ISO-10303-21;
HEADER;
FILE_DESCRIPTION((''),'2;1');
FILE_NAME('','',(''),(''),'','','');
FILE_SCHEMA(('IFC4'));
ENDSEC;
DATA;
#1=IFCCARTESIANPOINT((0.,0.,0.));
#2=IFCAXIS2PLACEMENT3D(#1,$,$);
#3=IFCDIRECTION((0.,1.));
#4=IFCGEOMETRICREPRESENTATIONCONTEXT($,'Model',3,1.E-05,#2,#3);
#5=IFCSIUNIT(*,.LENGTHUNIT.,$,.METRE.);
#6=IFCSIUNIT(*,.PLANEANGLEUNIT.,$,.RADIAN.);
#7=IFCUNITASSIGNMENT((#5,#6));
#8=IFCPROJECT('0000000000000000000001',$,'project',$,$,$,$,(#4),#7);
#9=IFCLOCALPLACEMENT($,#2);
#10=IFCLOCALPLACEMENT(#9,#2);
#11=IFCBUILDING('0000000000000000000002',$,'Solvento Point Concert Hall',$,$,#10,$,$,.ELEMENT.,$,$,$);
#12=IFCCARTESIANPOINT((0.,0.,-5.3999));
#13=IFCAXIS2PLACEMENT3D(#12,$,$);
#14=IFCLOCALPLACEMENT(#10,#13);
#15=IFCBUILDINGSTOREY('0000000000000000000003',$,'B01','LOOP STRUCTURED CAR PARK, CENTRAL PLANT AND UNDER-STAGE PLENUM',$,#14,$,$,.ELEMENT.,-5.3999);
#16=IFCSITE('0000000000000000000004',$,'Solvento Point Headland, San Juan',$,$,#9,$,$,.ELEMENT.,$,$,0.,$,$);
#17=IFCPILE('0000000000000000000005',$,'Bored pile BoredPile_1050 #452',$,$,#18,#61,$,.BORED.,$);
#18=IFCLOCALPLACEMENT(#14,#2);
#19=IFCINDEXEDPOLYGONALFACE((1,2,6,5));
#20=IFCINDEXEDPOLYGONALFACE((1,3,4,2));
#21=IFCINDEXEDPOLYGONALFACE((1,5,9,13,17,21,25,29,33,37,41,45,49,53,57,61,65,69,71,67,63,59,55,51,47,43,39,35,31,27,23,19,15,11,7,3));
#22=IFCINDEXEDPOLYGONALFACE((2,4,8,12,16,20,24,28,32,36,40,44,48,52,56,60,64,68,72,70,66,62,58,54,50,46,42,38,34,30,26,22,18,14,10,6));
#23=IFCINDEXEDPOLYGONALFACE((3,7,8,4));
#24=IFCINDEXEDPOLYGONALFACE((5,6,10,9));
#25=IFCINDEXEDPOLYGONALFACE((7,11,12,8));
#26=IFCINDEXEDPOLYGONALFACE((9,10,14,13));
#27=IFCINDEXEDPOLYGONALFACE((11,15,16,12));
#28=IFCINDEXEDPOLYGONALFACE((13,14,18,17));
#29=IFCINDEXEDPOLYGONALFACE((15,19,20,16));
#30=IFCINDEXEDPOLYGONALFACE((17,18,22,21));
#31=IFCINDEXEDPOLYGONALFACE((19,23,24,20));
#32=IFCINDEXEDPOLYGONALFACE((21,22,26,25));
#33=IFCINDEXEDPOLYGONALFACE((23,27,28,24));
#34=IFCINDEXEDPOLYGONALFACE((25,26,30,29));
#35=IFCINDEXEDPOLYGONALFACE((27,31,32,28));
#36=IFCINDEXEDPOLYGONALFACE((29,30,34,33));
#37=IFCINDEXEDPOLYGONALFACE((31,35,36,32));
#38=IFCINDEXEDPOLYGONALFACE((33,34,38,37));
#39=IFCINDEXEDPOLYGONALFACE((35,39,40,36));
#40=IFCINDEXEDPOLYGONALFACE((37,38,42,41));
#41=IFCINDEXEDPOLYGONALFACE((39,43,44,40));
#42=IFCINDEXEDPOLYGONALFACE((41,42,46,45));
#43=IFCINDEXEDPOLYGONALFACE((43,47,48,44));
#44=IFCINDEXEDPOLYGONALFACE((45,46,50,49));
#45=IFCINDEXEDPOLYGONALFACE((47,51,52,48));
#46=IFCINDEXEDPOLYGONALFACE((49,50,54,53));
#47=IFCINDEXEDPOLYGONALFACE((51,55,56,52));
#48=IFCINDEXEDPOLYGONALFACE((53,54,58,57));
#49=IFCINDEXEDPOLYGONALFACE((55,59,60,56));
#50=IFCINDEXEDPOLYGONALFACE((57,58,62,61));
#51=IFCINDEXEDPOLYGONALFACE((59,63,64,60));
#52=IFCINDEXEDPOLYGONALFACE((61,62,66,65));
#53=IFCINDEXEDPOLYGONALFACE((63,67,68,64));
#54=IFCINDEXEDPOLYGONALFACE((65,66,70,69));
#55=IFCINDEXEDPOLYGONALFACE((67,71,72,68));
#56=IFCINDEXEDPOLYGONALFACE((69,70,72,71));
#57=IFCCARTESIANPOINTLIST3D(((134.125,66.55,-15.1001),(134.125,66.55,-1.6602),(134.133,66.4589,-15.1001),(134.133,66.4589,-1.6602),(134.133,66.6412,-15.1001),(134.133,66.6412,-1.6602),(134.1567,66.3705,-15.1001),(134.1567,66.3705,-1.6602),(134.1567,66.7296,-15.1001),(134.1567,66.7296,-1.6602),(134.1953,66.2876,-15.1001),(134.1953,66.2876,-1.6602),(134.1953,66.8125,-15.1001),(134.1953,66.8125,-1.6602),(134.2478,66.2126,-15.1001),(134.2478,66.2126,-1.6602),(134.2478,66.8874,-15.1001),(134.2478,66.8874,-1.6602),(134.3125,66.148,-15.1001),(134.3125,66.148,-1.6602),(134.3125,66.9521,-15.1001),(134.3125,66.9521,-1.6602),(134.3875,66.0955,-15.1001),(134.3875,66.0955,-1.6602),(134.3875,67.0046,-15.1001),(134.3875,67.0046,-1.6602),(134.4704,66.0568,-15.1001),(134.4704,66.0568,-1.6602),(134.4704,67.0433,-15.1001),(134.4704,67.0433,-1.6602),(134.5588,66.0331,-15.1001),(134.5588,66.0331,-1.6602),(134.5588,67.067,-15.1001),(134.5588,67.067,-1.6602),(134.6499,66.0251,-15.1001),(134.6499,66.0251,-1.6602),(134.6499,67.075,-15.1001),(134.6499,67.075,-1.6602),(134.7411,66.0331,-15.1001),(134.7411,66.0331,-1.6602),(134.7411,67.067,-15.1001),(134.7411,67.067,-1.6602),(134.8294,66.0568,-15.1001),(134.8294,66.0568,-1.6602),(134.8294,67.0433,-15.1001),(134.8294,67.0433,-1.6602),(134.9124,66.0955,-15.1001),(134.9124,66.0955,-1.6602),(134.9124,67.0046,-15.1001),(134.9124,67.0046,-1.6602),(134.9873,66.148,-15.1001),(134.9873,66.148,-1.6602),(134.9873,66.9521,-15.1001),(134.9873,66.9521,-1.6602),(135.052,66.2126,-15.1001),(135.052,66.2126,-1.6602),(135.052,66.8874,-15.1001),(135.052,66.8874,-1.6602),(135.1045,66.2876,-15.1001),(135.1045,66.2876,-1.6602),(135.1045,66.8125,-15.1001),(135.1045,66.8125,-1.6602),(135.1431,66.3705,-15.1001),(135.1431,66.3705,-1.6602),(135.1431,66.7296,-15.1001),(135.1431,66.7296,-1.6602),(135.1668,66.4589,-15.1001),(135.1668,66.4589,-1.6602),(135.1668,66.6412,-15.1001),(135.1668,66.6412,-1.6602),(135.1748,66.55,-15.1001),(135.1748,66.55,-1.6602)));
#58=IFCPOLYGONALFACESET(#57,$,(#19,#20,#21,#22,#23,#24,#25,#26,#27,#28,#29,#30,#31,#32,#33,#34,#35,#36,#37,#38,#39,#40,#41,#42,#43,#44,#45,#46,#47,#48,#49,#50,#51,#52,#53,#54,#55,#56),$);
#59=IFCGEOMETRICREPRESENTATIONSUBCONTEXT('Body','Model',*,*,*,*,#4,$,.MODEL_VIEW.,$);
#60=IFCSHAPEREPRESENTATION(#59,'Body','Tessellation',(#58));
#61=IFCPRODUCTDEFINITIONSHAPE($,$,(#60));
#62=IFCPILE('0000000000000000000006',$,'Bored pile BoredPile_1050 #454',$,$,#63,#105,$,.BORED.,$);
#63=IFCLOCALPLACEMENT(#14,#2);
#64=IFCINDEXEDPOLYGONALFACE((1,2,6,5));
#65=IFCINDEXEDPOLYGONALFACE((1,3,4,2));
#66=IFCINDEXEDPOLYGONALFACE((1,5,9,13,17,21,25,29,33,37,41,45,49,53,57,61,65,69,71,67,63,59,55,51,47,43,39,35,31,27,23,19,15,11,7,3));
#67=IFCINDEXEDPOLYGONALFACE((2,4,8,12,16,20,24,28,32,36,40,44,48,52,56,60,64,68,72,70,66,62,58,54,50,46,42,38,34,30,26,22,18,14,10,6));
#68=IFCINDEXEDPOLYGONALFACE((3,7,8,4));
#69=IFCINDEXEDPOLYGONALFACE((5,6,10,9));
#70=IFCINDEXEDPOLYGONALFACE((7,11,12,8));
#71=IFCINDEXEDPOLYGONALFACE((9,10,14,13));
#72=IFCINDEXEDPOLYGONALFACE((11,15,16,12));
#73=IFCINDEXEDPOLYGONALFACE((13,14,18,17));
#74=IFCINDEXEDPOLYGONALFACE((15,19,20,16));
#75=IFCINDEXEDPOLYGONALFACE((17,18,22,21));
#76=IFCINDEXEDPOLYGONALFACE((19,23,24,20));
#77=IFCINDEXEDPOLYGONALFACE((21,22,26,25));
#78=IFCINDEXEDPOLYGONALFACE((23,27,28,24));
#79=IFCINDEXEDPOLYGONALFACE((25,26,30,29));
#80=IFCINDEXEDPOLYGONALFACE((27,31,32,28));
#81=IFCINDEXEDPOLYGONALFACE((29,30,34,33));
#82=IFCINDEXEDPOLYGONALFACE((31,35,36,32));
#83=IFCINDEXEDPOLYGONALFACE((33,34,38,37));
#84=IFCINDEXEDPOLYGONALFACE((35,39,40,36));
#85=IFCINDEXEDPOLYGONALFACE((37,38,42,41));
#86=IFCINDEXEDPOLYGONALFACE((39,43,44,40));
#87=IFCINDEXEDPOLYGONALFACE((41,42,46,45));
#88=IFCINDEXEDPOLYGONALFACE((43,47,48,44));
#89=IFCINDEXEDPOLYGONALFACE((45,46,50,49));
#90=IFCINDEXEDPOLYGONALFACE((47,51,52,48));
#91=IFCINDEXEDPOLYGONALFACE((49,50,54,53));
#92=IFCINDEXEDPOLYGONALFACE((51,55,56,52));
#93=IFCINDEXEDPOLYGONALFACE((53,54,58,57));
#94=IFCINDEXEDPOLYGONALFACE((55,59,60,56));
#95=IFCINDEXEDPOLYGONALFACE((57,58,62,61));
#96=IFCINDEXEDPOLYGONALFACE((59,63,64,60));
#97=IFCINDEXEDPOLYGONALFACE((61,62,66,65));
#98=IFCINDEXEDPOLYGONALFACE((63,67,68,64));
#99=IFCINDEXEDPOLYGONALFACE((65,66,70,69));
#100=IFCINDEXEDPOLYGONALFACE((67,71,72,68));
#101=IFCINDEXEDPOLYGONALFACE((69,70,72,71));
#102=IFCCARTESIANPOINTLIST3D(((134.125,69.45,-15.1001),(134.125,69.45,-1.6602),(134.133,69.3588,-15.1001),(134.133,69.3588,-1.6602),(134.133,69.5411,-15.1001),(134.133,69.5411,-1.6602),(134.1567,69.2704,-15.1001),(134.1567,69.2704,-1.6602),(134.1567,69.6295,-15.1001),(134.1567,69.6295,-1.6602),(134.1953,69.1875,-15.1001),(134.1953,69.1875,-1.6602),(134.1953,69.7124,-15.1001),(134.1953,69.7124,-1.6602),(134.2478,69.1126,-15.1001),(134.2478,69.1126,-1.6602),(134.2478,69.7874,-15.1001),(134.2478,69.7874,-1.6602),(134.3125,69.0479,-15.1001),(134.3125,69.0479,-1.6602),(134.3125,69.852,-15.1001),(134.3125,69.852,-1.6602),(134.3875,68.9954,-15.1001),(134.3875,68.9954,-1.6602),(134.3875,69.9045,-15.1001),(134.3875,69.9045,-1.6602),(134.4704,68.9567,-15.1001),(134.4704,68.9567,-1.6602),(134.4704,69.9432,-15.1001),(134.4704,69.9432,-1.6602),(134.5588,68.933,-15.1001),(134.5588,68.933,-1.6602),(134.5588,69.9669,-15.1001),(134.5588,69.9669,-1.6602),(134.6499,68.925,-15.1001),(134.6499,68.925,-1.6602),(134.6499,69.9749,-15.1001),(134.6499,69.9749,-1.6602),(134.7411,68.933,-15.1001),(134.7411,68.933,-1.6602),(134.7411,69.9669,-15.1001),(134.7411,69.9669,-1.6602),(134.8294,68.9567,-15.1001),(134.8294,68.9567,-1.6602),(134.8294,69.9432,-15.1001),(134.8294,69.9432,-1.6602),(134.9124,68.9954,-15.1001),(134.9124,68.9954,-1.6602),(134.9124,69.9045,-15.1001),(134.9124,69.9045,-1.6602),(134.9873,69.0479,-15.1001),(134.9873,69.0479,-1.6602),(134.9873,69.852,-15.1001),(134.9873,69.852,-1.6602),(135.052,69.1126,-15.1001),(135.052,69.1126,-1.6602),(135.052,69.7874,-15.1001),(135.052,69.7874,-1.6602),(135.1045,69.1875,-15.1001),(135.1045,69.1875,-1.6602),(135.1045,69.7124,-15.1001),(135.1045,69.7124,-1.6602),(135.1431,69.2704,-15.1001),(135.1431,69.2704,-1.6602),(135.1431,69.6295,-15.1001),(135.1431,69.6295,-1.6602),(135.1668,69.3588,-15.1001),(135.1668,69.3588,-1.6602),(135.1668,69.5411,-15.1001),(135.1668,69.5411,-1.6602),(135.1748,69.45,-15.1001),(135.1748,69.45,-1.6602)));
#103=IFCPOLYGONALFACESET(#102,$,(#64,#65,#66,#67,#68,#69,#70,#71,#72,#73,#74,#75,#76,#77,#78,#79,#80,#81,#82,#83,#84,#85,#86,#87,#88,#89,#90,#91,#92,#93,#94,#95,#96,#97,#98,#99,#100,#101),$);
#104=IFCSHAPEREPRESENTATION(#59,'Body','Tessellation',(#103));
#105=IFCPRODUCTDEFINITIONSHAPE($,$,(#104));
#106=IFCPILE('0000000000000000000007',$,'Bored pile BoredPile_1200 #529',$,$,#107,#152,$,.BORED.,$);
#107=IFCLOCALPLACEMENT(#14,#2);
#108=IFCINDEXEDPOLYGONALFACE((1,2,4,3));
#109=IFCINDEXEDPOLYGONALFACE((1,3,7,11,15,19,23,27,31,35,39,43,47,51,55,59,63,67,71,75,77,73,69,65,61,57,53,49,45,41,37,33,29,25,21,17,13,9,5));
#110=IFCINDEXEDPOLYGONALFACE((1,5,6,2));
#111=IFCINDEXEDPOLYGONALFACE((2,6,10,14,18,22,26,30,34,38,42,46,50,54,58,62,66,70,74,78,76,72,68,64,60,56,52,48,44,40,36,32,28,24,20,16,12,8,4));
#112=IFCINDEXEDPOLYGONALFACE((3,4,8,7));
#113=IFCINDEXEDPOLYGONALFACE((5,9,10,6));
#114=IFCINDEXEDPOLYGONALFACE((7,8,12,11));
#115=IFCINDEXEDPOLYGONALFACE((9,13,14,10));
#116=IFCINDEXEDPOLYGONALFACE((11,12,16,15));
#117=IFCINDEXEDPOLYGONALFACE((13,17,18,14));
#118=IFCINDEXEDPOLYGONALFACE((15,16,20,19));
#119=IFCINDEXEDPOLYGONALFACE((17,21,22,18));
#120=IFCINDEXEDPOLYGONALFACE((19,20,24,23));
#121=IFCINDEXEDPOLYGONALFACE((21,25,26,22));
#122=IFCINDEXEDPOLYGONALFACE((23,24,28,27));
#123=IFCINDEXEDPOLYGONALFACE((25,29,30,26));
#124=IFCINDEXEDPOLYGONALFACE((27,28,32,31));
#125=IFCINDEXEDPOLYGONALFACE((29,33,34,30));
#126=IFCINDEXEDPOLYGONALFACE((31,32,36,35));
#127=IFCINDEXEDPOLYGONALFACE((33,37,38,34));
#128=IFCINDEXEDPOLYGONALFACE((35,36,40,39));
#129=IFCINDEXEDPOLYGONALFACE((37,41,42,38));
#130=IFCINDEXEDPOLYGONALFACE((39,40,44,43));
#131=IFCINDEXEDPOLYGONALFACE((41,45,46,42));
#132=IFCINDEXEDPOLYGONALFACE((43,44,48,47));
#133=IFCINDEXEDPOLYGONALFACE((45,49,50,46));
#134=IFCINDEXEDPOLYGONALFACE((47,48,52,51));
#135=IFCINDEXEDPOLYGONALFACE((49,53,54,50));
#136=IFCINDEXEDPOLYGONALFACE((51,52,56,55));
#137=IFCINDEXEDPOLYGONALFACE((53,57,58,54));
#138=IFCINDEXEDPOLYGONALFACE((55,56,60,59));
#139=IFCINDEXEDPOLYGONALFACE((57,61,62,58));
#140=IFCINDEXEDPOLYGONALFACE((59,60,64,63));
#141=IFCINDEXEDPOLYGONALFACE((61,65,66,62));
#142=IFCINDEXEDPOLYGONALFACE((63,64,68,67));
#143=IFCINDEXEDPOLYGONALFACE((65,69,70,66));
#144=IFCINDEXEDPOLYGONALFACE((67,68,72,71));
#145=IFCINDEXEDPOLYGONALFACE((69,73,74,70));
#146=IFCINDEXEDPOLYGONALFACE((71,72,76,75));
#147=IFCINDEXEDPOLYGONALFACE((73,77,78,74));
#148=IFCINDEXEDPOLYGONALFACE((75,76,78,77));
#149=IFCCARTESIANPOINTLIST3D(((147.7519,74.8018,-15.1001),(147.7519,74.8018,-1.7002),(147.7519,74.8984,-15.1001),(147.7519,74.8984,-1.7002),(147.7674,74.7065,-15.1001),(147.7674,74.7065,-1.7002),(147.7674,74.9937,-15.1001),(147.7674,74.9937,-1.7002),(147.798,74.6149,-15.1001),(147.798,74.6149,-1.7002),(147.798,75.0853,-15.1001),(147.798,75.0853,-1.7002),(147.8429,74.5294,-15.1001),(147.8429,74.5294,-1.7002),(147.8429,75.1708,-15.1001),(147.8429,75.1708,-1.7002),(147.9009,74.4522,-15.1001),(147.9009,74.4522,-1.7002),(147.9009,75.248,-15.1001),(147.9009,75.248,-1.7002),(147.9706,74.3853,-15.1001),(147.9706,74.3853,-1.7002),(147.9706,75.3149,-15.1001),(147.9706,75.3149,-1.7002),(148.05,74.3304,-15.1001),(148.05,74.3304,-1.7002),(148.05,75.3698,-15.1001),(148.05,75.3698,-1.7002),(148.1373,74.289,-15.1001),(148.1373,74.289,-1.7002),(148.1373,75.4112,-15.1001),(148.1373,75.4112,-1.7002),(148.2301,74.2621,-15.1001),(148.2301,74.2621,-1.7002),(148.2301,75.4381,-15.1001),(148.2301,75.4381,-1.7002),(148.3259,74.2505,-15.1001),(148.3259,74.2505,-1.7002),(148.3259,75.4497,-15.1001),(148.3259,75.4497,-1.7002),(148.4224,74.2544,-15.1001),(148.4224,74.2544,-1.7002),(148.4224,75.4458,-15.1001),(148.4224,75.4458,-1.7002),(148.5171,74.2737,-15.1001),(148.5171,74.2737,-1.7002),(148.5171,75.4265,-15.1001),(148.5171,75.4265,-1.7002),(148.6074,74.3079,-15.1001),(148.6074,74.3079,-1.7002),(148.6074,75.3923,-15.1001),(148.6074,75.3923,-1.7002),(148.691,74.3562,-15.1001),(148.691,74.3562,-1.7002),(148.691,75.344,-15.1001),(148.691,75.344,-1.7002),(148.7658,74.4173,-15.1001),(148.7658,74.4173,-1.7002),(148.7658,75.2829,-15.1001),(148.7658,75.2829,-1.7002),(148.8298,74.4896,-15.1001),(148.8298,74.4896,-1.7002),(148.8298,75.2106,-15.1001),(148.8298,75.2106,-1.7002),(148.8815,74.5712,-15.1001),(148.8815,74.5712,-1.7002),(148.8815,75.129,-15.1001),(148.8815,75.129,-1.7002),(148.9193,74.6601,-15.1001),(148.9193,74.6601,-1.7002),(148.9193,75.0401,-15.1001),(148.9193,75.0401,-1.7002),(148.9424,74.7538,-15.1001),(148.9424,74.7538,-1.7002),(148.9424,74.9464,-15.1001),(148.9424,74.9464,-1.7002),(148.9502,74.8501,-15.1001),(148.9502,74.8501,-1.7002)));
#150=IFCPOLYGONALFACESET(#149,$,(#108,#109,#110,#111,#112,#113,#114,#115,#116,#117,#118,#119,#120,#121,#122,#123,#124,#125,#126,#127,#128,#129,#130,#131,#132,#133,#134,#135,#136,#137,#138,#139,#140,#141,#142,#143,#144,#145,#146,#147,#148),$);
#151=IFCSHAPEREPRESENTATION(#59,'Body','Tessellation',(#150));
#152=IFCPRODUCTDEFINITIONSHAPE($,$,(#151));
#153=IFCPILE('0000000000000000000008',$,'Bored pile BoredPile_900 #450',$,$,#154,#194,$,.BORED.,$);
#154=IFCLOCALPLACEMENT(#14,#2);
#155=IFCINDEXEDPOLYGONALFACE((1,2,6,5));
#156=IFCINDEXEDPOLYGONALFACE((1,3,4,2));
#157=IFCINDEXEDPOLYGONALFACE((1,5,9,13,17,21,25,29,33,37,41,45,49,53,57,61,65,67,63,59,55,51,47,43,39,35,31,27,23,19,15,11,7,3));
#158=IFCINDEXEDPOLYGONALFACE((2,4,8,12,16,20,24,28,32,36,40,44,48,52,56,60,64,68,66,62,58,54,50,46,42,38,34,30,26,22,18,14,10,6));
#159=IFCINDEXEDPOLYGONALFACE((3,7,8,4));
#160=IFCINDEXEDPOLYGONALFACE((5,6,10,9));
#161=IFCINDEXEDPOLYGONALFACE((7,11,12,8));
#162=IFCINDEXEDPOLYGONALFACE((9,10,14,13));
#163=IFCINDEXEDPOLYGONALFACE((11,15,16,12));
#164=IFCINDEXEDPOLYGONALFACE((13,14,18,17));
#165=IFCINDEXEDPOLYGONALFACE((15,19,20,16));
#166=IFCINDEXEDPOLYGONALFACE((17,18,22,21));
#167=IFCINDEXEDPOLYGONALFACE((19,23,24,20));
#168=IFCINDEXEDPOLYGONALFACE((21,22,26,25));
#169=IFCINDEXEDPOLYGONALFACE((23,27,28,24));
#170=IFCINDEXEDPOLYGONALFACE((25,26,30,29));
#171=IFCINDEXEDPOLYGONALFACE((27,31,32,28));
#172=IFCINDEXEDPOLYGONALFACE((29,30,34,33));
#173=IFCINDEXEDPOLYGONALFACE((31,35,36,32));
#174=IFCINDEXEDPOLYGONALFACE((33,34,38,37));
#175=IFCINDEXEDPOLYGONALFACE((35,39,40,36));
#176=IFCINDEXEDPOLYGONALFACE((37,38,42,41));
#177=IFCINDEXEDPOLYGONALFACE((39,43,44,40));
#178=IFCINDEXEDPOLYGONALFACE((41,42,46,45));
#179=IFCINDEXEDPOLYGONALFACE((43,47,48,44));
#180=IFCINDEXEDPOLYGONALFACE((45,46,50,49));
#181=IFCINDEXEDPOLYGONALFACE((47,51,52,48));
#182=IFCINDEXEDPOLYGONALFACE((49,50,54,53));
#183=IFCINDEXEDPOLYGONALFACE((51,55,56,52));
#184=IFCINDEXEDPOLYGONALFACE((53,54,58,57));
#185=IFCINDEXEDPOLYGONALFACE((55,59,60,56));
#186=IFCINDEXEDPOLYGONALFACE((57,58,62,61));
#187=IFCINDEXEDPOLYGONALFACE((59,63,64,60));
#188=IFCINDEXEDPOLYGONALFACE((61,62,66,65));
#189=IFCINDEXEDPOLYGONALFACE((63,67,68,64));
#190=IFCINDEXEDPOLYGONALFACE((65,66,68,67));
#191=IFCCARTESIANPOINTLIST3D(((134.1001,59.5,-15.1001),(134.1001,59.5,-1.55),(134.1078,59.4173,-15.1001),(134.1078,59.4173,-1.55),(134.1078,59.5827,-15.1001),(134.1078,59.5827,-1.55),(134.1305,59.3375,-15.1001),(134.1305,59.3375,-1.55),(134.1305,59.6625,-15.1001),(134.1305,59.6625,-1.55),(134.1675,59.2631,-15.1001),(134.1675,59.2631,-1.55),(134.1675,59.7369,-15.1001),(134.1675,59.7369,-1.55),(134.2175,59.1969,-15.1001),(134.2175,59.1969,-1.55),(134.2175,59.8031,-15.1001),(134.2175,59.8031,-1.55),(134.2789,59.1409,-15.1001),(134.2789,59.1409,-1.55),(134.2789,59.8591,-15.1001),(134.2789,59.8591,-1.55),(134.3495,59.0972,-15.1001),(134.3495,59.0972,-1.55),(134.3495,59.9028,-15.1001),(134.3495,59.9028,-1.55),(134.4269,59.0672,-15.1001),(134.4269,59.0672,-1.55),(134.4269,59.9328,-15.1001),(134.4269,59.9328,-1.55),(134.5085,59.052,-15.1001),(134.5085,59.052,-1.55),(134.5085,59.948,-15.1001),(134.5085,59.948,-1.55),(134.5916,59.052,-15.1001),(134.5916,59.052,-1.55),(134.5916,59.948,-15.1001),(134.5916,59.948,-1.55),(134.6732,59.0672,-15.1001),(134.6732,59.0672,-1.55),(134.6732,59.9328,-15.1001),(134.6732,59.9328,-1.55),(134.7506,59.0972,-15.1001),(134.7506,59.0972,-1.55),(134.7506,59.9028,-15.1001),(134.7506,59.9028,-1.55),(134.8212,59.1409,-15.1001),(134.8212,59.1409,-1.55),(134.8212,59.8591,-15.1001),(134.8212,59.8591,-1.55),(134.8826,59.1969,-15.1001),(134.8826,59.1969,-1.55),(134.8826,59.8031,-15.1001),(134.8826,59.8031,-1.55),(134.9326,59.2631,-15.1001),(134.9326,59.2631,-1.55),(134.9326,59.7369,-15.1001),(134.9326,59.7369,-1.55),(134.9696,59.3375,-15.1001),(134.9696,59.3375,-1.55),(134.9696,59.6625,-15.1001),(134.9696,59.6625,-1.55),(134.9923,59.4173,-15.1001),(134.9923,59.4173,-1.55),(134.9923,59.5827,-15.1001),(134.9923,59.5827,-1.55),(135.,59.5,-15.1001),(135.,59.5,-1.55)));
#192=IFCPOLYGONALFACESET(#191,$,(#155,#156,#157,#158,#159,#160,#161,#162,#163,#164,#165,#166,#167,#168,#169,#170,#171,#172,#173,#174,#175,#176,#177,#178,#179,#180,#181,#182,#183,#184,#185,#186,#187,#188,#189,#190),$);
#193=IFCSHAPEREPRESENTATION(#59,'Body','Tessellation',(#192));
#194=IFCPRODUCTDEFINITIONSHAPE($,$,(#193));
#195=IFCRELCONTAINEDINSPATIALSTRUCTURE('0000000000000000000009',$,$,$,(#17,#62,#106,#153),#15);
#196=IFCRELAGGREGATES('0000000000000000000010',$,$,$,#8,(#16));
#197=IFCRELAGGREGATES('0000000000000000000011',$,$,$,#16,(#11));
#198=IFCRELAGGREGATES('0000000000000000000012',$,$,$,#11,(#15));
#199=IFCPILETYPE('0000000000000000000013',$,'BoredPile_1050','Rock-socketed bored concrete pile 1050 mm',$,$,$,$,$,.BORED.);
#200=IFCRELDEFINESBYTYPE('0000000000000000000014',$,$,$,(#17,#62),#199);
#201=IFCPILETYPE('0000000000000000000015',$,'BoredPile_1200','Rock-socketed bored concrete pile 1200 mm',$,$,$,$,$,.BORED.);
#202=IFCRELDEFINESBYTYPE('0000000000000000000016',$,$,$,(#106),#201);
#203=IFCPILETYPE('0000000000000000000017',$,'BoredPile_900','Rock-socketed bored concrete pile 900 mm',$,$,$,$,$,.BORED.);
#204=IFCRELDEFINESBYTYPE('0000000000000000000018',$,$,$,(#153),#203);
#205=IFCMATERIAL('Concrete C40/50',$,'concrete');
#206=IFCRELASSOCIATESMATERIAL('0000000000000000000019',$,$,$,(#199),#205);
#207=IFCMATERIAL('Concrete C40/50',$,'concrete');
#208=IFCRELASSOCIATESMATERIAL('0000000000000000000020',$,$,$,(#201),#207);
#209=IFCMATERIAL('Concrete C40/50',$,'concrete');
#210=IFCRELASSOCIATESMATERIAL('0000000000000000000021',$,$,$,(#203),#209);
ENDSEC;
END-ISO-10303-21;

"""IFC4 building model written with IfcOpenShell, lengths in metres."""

from ifc_helpers import new_model, si_unit, direction, frame, origin, origin_2d, place, context, subcontext, project, spatial, circle, extrude, material, material_profile, profile_set, type_object, element, save


model = new_model("IFC4")

# Units and contexts
model_context = context("Model", 3, precision=1e-05, world=origin(), true_north=direction((0.0, 1.0)))
body_context = subcontext(model_context, "Body", "Model", "MODEL_VIEW")
ifc_project = project(units=[si_unit("LENGTHUNIT", "METRE"), si_unit("PLANEANGLEUNIT", "RADIAN")], contexts=[model_context])

# Site, building, storey
site_placement = place(None, origin())
site = spatial("IfcSite", under=ifc_project, at=site_placement, Name="Solvento Point Headland, San Juan", CompositionType="ELEMENT", RefElevation=0.0)
building_placement = place(site_placement, origin())
building = spatial("IfcBuilding", under=site, at=building_placement, Name="Solvento Point Concert Hall", CompositionType="ELEMENT")
storey_placement = place(building_placement, frame((0.0, 0.0, -5.3999)))
storey = spatial("IfcBuildingStorey", under=building, at=storey_placement, Name="B01", Description="LOOP STRUCTURED CAR PARK, CENTRAL PLANT AND UNDER-STAGE PLENUM", CompositionType="ELEMENT", Elevation=-5.3999)

# Piles
ifc_material_1 = material(Name="Concrete C40/50", Category="concrete")
ifc_material_profile_1 = material_profile(ifc_material_1, circle(Radius=0.5249, at=origin_2d()), Name="BP-1050")
ifc_profile_set_1 = profile_set([ifc_material_profile_1], Name="Concrete C40/50")
pile_type_1 = type_object("IfcPileType", Name="BoredPile_1050", Description="Rock-socketed bored concrete pile 1050 mm", PredefinedType="BORED", material=ifc_profile_set_1)
for number, where, z_axis, x_axis, name in (
    (1, (134.6499, 66.55, -1.6602), (0.0, 0.0, -1.0), (1.0, 0.0, 0.0), "Bored pile BoredPile_1050 #452"),
    (2, (134.6499, 69.45, -1.6602), (0.0, 0.0, -1.0), (1.0, 0.0, 0.0), "Bored pile BoredPile_1050 #454"),
):
    element("IfcPile", number, at=place(storey_placement, frame(where, z_axis=z_axis, x_axis=x_axis)), inside=storey, type_object=pile_type_1, Name=name, PredefinedType="BORED", context=body_context, shape_type="SweptSolid", body=[
        extrude(circle(Radius=0.5249, at=origin_2d()), origin(), (0.0, 0.0, 1.0), 13.4399),
    ])
ifc_material_2 = material(Name="Concrete C40/50", Category="concrete")
ifc_material_profile_2 = material_profile(ifc_material_2, circle(Radius=0.6001, at=origin_2d()), Name="BP-1200")
ifc_profile_set_2 = profile_set([ifc_material_profile_2], Name="Concrete C40/50")
pile_type_2 = type_object("IfcPileType", Name="BoredPile_1200", Description="Rock-socketed bored concrete pile 1200 mm", PredefinedType="BORED", material=ifc_profile_set_2)
pile_1_placement = place(storey_placement, frame((148.3501, 74.8501, -1.7002), z_axis=(0.0, 0.0, -1.0), x_axis=(1.0, 0.0, 0.0)))
element("IfcPile", 3, at=pile_1_placement, inside=storey, type_object=pile_type_2, Name="Bored pile BoredPile_1200 #529", PredefinedType="BORED", context=body_context, shape_type="SweptSolid", body=[
    extrude(circle(Radius=0.6001, at=origin_2d()), origin(), (0.0, 0.0, 1.0), 13.3999),
])
ifc_material_3 = material(Name="Concrete C40/50", Category="concrete")
ifc_material_profile_3 = material_profile(ifc_material_3, circle(Radius=0.45, at=origin_2d()), Name="BP-900")
ifc_profile_set_3 = profile_set([ifc_material_profile_3], Name="Concrete C40/50")
pile_type_3 = type_object("IfcPileType", Name="BoredPile_900", Description="Rock-socketed bored concrete pile 900 mm", PredefinedType="BORED", material=ifc_profile_set_3)
pile_2_placement = place(storey_placement, frame((134.55, 59.5, -1.55), z_axis=(0.0, 0.0, -1.0), x_axis=(1.0, 0.0, 0.0)))
element("IfcPile", 4, at=pile_2_placement, inside=storey, type_object=pile_type_3, Name="Bored pile BoredPile_900 #450", PredefinedType="BORED", context=body_context, shape_type="SweptSolid", body=[
    extrude(circle(Radius=0.45, at=origin_2d()), origin(), (0.0, 0.0, 1.0), 13.55),
])

save(model, "model.ifc")
